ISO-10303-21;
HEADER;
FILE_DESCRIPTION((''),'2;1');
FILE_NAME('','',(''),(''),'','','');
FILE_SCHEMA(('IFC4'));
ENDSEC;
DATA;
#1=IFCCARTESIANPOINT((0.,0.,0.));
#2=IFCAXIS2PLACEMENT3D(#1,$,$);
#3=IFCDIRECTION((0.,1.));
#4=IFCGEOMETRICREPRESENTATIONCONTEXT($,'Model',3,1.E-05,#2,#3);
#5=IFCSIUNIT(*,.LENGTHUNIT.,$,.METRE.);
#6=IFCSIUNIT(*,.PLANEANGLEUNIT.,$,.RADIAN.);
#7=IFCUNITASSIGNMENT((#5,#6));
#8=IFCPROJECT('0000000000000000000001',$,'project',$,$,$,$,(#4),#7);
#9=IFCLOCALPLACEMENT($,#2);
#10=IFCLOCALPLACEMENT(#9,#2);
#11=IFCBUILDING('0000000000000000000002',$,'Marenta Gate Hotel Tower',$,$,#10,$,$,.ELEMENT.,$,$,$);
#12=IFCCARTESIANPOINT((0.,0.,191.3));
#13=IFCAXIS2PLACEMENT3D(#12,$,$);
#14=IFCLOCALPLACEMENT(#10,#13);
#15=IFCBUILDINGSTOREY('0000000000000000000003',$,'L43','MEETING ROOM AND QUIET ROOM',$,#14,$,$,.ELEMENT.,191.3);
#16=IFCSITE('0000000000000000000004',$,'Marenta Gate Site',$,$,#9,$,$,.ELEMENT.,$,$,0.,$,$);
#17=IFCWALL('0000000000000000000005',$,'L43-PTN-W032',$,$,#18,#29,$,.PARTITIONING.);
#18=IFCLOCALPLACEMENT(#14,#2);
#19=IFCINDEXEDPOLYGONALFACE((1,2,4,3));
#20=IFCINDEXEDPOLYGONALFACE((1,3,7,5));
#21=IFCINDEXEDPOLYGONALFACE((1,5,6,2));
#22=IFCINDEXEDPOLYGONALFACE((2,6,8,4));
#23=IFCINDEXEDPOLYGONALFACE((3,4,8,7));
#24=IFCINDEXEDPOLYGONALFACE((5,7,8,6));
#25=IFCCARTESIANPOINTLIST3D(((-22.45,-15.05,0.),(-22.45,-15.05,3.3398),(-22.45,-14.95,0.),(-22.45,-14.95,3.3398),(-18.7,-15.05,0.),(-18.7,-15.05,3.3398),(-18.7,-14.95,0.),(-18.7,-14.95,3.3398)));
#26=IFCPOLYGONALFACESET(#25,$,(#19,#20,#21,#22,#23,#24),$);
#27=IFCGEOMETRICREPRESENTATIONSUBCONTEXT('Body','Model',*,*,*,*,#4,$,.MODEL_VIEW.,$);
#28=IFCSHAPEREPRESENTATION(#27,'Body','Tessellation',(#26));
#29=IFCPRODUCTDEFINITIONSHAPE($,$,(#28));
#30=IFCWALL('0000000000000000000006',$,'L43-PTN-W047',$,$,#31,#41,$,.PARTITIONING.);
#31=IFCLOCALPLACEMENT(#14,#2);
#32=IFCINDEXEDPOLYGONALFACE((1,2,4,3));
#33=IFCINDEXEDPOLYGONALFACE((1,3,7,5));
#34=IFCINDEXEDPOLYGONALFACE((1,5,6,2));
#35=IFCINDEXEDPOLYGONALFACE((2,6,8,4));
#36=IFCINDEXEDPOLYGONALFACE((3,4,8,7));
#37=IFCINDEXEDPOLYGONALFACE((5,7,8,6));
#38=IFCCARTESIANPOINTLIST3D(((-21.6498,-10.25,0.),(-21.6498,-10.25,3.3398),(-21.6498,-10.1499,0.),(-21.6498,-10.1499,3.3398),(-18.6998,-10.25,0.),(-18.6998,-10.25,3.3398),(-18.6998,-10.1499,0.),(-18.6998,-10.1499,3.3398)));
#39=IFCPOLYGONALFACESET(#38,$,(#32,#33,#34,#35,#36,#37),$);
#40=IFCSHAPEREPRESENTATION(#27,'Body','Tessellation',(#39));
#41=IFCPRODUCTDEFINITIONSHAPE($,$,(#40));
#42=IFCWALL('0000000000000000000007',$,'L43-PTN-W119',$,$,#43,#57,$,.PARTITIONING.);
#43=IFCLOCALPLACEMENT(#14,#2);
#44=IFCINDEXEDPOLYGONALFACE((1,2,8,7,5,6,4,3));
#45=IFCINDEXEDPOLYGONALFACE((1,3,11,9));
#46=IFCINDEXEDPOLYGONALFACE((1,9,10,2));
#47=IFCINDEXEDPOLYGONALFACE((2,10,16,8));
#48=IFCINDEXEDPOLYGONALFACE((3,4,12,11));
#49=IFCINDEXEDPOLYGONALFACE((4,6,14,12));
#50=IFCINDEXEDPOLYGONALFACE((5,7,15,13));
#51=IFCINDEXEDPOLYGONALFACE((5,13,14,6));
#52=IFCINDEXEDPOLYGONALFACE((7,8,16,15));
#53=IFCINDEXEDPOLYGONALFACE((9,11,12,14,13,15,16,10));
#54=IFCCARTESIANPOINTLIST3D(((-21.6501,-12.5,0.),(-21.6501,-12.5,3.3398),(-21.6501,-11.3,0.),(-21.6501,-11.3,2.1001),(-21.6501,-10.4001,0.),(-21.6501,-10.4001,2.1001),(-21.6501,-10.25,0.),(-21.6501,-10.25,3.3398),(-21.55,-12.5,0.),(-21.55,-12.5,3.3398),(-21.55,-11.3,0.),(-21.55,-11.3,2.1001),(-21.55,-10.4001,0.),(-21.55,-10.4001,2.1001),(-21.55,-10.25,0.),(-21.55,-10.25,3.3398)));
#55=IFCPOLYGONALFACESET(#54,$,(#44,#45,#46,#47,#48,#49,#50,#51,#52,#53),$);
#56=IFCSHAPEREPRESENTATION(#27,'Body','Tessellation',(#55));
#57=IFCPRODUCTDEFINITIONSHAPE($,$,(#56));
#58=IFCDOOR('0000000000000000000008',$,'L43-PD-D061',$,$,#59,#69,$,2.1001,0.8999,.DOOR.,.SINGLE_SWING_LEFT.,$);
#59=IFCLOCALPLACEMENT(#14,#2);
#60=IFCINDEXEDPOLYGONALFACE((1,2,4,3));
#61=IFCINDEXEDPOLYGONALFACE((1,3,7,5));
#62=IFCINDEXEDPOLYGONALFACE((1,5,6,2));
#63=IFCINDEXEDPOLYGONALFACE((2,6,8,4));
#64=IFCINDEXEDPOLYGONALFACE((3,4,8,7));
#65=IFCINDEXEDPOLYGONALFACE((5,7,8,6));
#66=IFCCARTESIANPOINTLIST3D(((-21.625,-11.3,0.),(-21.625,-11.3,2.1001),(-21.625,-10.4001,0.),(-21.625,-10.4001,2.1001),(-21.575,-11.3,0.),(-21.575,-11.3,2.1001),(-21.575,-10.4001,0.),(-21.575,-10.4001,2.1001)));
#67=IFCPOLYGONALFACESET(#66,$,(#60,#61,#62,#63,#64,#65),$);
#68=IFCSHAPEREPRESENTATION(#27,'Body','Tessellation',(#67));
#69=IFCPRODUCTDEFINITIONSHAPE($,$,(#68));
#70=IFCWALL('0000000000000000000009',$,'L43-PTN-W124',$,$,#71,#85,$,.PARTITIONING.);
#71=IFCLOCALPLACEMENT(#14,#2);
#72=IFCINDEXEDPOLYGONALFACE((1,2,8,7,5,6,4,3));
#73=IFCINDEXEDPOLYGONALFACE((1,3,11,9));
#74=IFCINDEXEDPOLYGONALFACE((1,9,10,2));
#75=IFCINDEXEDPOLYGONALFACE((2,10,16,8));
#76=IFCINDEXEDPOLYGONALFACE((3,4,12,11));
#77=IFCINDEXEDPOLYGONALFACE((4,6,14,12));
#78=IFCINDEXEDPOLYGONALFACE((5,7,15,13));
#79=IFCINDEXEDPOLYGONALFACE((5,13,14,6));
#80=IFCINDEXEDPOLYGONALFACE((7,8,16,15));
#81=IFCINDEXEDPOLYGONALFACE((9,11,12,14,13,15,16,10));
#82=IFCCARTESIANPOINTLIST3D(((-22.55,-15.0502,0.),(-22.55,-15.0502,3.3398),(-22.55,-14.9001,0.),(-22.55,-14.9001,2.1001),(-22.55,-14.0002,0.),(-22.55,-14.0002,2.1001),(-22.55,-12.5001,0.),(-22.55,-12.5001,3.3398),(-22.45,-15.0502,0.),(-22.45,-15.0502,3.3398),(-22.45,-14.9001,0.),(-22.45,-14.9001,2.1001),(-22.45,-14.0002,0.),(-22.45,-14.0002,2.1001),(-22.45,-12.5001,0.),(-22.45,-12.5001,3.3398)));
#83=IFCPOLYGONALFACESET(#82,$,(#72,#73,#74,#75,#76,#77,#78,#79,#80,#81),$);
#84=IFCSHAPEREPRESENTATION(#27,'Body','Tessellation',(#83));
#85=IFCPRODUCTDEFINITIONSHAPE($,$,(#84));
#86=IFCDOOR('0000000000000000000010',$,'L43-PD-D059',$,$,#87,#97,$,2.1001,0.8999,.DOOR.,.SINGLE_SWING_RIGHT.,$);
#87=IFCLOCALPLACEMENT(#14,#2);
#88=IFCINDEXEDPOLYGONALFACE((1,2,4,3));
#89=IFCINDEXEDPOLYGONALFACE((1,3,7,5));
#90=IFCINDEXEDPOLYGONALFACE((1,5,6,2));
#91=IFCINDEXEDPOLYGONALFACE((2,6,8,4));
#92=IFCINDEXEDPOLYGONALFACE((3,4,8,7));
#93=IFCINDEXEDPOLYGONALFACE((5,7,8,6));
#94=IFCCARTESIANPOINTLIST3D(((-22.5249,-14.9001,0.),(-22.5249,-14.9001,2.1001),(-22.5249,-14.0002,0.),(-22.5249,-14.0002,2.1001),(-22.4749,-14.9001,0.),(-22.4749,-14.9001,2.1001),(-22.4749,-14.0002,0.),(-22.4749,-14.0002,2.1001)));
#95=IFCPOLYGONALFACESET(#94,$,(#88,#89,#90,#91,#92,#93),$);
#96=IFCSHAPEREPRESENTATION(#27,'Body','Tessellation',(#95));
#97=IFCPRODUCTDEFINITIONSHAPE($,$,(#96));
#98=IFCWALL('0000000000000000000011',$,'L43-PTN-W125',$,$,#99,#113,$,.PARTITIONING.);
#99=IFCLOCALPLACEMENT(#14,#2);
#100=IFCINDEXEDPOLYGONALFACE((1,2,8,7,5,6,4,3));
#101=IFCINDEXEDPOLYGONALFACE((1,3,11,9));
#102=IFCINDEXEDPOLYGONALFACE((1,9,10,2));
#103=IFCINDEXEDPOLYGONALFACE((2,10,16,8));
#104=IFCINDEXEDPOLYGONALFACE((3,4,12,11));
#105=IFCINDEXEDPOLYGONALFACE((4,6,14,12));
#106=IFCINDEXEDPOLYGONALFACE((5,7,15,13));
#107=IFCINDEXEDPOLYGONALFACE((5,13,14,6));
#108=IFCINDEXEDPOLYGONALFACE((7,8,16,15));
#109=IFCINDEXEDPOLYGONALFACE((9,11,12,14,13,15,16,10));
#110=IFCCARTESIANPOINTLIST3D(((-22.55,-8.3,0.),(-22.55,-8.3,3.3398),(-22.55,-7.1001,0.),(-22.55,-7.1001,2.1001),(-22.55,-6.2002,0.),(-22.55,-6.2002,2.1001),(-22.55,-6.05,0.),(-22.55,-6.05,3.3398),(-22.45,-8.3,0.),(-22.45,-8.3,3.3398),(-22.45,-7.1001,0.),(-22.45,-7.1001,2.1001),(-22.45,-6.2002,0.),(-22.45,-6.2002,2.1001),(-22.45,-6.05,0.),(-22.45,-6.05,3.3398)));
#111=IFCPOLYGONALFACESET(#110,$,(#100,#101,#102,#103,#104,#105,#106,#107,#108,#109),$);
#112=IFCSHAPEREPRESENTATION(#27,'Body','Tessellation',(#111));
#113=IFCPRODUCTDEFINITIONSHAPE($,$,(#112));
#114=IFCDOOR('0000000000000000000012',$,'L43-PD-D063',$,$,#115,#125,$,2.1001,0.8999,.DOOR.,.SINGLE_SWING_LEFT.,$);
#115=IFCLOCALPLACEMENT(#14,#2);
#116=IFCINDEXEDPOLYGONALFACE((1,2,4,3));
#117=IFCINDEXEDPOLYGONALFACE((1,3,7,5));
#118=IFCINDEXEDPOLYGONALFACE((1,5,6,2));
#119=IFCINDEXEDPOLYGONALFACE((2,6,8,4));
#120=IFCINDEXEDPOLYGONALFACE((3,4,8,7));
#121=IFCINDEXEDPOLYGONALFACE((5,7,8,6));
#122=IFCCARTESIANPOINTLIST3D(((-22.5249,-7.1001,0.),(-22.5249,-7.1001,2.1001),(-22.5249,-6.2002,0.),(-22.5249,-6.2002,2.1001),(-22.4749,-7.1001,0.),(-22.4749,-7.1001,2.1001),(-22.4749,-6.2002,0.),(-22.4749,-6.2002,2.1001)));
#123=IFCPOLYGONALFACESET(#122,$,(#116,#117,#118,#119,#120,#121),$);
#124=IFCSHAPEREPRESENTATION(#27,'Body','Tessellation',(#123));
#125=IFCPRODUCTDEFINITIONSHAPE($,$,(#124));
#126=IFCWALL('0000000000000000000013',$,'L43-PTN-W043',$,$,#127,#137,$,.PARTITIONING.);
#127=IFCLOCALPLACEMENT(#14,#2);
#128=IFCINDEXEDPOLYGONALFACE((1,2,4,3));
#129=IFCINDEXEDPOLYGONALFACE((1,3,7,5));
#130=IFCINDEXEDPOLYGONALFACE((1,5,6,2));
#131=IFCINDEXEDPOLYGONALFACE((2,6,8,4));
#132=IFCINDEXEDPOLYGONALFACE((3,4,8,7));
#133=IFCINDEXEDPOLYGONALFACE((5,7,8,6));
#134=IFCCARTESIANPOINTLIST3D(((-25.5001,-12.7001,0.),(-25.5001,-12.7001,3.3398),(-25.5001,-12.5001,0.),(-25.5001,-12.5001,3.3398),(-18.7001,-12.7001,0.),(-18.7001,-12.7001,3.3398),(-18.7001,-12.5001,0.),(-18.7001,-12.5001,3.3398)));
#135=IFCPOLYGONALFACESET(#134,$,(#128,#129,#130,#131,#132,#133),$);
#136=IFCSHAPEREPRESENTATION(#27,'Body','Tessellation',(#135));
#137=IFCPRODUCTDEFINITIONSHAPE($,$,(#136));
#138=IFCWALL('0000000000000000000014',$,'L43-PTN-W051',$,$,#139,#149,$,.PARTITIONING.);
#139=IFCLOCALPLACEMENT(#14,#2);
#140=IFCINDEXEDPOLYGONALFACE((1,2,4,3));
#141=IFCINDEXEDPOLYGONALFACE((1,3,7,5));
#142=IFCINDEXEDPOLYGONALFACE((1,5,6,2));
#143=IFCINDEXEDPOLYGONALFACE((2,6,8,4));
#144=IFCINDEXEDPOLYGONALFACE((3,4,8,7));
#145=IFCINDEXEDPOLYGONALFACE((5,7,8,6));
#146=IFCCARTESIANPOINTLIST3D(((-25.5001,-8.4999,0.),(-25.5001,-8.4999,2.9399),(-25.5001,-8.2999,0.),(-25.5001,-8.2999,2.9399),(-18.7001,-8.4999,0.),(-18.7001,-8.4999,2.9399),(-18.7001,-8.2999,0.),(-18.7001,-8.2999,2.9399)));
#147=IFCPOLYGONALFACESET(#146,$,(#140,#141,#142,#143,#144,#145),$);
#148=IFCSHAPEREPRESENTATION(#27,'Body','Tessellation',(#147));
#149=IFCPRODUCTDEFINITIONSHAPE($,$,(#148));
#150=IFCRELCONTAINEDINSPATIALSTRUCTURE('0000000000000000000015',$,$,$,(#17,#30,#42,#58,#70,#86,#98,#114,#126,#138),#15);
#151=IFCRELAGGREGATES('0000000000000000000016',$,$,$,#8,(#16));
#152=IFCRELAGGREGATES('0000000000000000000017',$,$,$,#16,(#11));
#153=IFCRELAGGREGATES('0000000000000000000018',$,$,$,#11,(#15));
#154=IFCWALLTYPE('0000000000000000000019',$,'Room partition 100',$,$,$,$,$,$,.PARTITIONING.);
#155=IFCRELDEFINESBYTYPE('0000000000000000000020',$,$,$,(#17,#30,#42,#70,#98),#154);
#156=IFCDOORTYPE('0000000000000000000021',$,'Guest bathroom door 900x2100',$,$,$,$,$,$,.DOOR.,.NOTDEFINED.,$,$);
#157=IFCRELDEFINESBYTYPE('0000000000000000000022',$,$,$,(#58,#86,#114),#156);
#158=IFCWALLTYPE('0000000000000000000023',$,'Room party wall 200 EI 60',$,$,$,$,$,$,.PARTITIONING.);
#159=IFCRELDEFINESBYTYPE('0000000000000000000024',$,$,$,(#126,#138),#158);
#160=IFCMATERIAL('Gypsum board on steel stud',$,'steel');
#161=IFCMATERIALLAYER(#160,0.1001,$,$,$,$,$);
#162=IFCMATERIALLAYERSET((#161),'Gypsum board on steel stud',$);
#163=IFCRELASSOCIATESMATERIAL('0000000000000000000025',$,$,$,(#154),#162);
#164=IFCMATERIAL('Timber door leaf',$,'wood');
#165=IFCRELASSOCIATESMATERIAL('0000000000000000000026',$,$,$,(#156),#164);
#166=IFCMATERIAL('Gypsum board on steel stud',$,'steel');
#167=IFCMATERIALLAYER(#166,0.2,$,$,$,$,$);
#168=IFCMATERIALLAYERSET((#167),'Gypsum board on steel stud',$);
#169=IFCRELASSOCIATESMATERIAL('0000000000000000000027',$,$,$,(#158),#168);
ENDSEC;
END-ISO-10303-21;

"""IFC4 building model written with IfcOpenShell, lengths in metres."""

from ifc_helpers import new_model, si_unit, direction, frame, frame_2d, origin, place, context, subcontext, project, spatial, rectangle, extrude, material, layer, layer_set, type_object, element, fill, save


model = new_model("IFC4")

# Units and contexts
model_context = context("Model", 3, precision=1e-05, world=origin(), true_north=direction((0.0, 1.0)))
body_context = subcontext(model_context, "Body", "Model", "MODEL_VIEW")
ifc_project = project(units=[si_unit("LENGTHUNIT", "METRE"), si_unit("PLANEANGLEUNIT", "RADIAN")], contexts=[model_context])

# Site, building, storey
site_placement = place(None, origin())
site = spatial("IfcSite", under=ifc_project, at=site_placement, Name="Marenta Gate Site", CompositionType="ELEMENT", RefElevation=0.0)
building_placement = place(site_placement, origin())
building = spatial("IfcBuilding", under=site, at=building_placement, Name="Marenta Gate Hotel Tower", CompositionType="ELEMENT")
storey_placement = place(building_placement, frame((0.0, 0.0, 191.3)))
storey = spatial("IfcBuildingStorey", under=building, at=storey_placement, Name="L43", Description="MEETING ROOM AND QUIET ROOM", CompositionType="ELEMENT", Elevation=191.3)

# Walls
ifc_material_1 = material(Name="Gypsum board on steel stud", Category="steel")
ifc_layer_1 = layer(ifc_material_1, 0.1001)
ifc_layer_set_1 = layer_set([ifc_layer_1], Name="Gypsum board on steel stud")
wall_type_1 = type_object("IfcWallType", Name="Room partition 100", PredefinedType="PARTITIONING", material=ifc_layer_set_1)
wall_1_placement = place(storey_placement, frame((-22.45, -15.0, 0.0), z_axis=(0.0, 0.0, 1.0), x_axis=(1.0, 0.0, 0.0)))
element("IfcWall", 1, at=wall_1_placement, inside=storey, type_object=wall_type_1, Name="L43-PTN-W032", PredefinedType="PARTITIONING", context=body_context, shape_type="SweptSolid", body=[
    extrude(rectangle(XDim=3.75, YDim=0.1001, at=frame_2d((1.875, 0.0))), origin(), (0.0, 0.0, 1.0), 3.3398),
])
wall_2_placement = place(storey_placement, frame((-21.6499, -10.2, 0.0), z_axis=(0.0, 0.0, 1.0), x_axis=(1.0, 0.0, 0.0)))
element("IfcWall", 2, at=wall_2_placement, inside=storey, type_object=wall_type_1, Name="L43-PTN-W047", PredefinedType="PARTITIONING", context=body_context, shape_type="SweptSolid", body=[
    extrude(rectangle(XDim=2.95, YDim=0.1001, at=frame_2d((1.4751, 0.0))), origin(), (0.0, 0.0, 1.0), 3.3398),
])

# Walls, openings, doors
wall_3_placement = place(storey_placement, frame((-21.6001, -12.5, 0.0), z_axis=(0.0, 0.0, 1.0), x_axis=(0.0, 1.0, 0.0)))
wall_3 = element("IfcWall", 3, at=wall_3_placement, inside=storey, type_object=wall_type_1, Name="L43-PTN-W119", PredefinedType="PARTITIONING", context=body_context, shape_type="SweptSolid", body=[
    extrude(rectangle(XDim=2.25, YDim=0.1001, at=frame_2d((1.125, 0.0))), origin(), (0.0, 0.0, 1.0), 3.3398),
])
opening_1_placement = place(wall_3_placement, frame((1.2, 0.0, 0.0)))
opening_1 = element("IfcOpeningElement", 4, at=opening_1_placement, cuts=wall_3, PredefinedType="OPENING", context=body_context, shape_type="SweptSolid", body=[
    extrude(rectangle(XDim=0.8999, YDim=2.1001, at=frame_2d((0.45, 1.05))), frame((0.0, 0.05, 0.0), z_axis=(0.0, -1.0, 0.0), x_axis=(1.0, 0.0, 0.0)), (0.0, 0.0, 1.0), 0.1001),
])
ifc_material_2 = material(Name="Timber door leaf", Category="wood")
door_type_1 = type_object("IfcDoorType", Name="Guest bathroom door 900x2100", OperationType="NOTDEFINED", PredefinedType="DOOR", material=ifc_material_2)
door_1_placement = place(opening_1_placement, origin())
door_1 = element("IfcDoor", 5, at=door_1_placement, inside=storey, type_object=door_type_1, Name="L43-PD-D061", OperationType="SINGLE_SWING_LEFT", OverallHeight=2.1001, OverallWidth=0.8999, PredefinedType="DOOR", context=body_context, shape_type="SweptSolid", body=[
    extrude(rectangle(XDim=0.8999, YDim=2.1001, at=frame_2d((0.45, 1.05))), frame((0.0, 0.0249, 0.0), z_axis=(0.0, -1.0, 0.0), x_axis=(1.0, 0.0, 0.0)), (0.0, 0.0, 1.0), 0.05),
])
fill(opening_1, door_1)
wall_4_placement = place(storey_placement, frame((-22.5, -15.05, 0.0), z_axis=(0.0, 0.0, 1.0), x_axis=(0.0, 1.0, 0.0)))
wall_4 = element("IfcWall", 6, at=wall_4_placement, inside=storey, type_object=wall_type_1, Name="L43-PTN-W124", PredefinedType="PARTITIONING", context=body_context, shape_type="SweptSolid", body=[
    extrude(rectangle(XDim=2.55, YDim=0.1001, at=frame_2d((1.2749, 0.0))), origin(), (0.0, 0.0, 1.0), 3.3398),
])
opening_2_placement = place(wall_4_placement, frame((0.1499, 0.0, 0.0)))
opening_2 = element("IfcOpeningElement", 7, at=opening_2_placement, cuts=wall_4, PredefinedType="OPENING", context=body_context, shape_type="SweptSolid", body=[
    extrude(rectangle(XDim=0.8999, YDim=2.1001, at=frame_2d((0.45, 1.05))), frame((0.0, 0.05, 0.0), z_axis=(0.0, -1.0, 0.0), x_axis=(1.0, 0.0, 0.0)), (0.0, 0.0, 1.0), 0.1001),
])
door_2_placement = place(opening_2_placement, origin())
door_2 = element("IfcDoor", 8, at=door_2_placement, inside=storey, type_object=door_type_1, Name="L43-PD-D059", OperationType="SINGLE_SWING_RIGHT", OverallHeight=2.1001, OverallWidth=0.8999, PredefinedType="DOOR", context=body_context, shape_type="SweptSolid", body=[
    extrude(rectangle(XDim=0.8999, YDim=2.1001, at=frame_2d((0.45, 1.05))), frame((0.0, 0.0249, 0.0), z_axis=(0.0, -1.0, 0.0), x_axis=(1.0, 0.0, 0.0)), (0.0, 0.0, 1.0), 0.05),
])
fill(opening_2, door_2)
wall_5_placement = place(storey_placement, frame((-22.5, -8.3, 0.0), z_axis=(0.0, 0.0, 1.0), x_axis=(0.0, 1.0, 0.0)))
wall_5 = element("IfcWall", 9, at=wall_5_placement, inside=storey, type_object=wall_type_1, Name="L43-PTN-W125", PredefinedType="PARTITIONING", context=body_context, shape_type="SweptSolid", body=[
    extrude(rectangle(XDim=2.25, YDim=0.1001, at=frame_2d((1.125, 0.0))), origin(), (0.0, 0.0, 1.0), 3.3398),
])
opening_3_placement = place(wall_5_placement, frame((1.2, 0.0, 0.0)))
opening_3 = element("IfcOpeningElement", 10, at=opening_3_placement, cuts=wall_5, PredefinedType="OPENING", context=body_context, shape_type="SweptSolid", body=[
    extrude(rectangle(XDim=0.8999, YDim=2.1001, at=frame_2d((0.45, 1.05))), frame((0.0, 0.05, 0.0), z_axis=(0.0, -1.0, 0.0), x_axis=(1.0, 0.0, 0.0)), (0.0, 0.0, 1.0), 0.1001),
])
door_3_placement = place(opening_3_placement, origin())
door_3 = element("IfcDoor", 11, at=door_3_placement, inside=storey, type_object=door_type_1, Name="L43-PD-D063", OperationType="SINGLE_SWING_LEFT", OverallHeight=2.1001, OverallWidth=0.8999, PredefinedType="DOOR", context=body_context, shape_type="SweptSolid", body=[
    extrude(rectangle(XDim=0.8999, YDim=2.1001, at=frame_2d((0.45, 1.05))), frame((0.0, 0.0249, 0.0), z_axis=(0.0, -1.0, 0.0), x_axis=(1.0, 0.0, 0.0)), (0.0, 0.0, 1.0), 0.05),
])
fill(opening_3, door_3)

# Walls
ifc_material_3 = material(Name="Gypsum board on steel stud", Category="steel")
ifc_layer_2 = layer(ifc_material_3, 0.2)
ifc_layer_set_2 = layer_set([ifc_layer_2], Name="Gypsum board on steel stud")
wall_type_2 = type_object("IfcWallType", Name="Room party wall 200 EI 60", PredefinedType="PARTITIONING", material=ifc_layer_set_2)
wall_6_placement = place(storey_placement, frame((-25.5, -12.6001, 0.0), z_axis=(0.0, 0.0, 1.0), x_axis=(1.0, 0.0, 0.0)))
element("IfcWall", 12, at=wall_6_placement, inside=storey, type_object=wall_type_2, Name="L43-PTN-W043", PredefinedType="PARTITIONING", context=body_context, shape_type="SweptSolid", body=[
    extrude(rectangle(XDim=6.8, YDim=0.2, at=frame_2d((3.3999, 0.0))), origin(), (0.0, 0.0, 1.0), 3.3398),
])
wall_7_placement = place(storey_placement, frame((-25.5, -8.3999, 0.0), z_axis=(0.0, 0.0, 1.0), x_axis=(1.0, 0.0, 0.0)))
element("IfcWall", 13, at=wall_7_placement, inside=storey, type_object=wall_type_2, Name="L43-PTN-W051", PredefinedType="PARTITIONING", context=body_context, shape_type="SweptSolid", body=[
    extrude(rectangle(XDim=6.8, YDim=0.2, at=frame_2d((3.3999, 0.0))), origin(), (0.0, 0.0, 1.0), 2.9399),
])

save(model, "model.ifc")
